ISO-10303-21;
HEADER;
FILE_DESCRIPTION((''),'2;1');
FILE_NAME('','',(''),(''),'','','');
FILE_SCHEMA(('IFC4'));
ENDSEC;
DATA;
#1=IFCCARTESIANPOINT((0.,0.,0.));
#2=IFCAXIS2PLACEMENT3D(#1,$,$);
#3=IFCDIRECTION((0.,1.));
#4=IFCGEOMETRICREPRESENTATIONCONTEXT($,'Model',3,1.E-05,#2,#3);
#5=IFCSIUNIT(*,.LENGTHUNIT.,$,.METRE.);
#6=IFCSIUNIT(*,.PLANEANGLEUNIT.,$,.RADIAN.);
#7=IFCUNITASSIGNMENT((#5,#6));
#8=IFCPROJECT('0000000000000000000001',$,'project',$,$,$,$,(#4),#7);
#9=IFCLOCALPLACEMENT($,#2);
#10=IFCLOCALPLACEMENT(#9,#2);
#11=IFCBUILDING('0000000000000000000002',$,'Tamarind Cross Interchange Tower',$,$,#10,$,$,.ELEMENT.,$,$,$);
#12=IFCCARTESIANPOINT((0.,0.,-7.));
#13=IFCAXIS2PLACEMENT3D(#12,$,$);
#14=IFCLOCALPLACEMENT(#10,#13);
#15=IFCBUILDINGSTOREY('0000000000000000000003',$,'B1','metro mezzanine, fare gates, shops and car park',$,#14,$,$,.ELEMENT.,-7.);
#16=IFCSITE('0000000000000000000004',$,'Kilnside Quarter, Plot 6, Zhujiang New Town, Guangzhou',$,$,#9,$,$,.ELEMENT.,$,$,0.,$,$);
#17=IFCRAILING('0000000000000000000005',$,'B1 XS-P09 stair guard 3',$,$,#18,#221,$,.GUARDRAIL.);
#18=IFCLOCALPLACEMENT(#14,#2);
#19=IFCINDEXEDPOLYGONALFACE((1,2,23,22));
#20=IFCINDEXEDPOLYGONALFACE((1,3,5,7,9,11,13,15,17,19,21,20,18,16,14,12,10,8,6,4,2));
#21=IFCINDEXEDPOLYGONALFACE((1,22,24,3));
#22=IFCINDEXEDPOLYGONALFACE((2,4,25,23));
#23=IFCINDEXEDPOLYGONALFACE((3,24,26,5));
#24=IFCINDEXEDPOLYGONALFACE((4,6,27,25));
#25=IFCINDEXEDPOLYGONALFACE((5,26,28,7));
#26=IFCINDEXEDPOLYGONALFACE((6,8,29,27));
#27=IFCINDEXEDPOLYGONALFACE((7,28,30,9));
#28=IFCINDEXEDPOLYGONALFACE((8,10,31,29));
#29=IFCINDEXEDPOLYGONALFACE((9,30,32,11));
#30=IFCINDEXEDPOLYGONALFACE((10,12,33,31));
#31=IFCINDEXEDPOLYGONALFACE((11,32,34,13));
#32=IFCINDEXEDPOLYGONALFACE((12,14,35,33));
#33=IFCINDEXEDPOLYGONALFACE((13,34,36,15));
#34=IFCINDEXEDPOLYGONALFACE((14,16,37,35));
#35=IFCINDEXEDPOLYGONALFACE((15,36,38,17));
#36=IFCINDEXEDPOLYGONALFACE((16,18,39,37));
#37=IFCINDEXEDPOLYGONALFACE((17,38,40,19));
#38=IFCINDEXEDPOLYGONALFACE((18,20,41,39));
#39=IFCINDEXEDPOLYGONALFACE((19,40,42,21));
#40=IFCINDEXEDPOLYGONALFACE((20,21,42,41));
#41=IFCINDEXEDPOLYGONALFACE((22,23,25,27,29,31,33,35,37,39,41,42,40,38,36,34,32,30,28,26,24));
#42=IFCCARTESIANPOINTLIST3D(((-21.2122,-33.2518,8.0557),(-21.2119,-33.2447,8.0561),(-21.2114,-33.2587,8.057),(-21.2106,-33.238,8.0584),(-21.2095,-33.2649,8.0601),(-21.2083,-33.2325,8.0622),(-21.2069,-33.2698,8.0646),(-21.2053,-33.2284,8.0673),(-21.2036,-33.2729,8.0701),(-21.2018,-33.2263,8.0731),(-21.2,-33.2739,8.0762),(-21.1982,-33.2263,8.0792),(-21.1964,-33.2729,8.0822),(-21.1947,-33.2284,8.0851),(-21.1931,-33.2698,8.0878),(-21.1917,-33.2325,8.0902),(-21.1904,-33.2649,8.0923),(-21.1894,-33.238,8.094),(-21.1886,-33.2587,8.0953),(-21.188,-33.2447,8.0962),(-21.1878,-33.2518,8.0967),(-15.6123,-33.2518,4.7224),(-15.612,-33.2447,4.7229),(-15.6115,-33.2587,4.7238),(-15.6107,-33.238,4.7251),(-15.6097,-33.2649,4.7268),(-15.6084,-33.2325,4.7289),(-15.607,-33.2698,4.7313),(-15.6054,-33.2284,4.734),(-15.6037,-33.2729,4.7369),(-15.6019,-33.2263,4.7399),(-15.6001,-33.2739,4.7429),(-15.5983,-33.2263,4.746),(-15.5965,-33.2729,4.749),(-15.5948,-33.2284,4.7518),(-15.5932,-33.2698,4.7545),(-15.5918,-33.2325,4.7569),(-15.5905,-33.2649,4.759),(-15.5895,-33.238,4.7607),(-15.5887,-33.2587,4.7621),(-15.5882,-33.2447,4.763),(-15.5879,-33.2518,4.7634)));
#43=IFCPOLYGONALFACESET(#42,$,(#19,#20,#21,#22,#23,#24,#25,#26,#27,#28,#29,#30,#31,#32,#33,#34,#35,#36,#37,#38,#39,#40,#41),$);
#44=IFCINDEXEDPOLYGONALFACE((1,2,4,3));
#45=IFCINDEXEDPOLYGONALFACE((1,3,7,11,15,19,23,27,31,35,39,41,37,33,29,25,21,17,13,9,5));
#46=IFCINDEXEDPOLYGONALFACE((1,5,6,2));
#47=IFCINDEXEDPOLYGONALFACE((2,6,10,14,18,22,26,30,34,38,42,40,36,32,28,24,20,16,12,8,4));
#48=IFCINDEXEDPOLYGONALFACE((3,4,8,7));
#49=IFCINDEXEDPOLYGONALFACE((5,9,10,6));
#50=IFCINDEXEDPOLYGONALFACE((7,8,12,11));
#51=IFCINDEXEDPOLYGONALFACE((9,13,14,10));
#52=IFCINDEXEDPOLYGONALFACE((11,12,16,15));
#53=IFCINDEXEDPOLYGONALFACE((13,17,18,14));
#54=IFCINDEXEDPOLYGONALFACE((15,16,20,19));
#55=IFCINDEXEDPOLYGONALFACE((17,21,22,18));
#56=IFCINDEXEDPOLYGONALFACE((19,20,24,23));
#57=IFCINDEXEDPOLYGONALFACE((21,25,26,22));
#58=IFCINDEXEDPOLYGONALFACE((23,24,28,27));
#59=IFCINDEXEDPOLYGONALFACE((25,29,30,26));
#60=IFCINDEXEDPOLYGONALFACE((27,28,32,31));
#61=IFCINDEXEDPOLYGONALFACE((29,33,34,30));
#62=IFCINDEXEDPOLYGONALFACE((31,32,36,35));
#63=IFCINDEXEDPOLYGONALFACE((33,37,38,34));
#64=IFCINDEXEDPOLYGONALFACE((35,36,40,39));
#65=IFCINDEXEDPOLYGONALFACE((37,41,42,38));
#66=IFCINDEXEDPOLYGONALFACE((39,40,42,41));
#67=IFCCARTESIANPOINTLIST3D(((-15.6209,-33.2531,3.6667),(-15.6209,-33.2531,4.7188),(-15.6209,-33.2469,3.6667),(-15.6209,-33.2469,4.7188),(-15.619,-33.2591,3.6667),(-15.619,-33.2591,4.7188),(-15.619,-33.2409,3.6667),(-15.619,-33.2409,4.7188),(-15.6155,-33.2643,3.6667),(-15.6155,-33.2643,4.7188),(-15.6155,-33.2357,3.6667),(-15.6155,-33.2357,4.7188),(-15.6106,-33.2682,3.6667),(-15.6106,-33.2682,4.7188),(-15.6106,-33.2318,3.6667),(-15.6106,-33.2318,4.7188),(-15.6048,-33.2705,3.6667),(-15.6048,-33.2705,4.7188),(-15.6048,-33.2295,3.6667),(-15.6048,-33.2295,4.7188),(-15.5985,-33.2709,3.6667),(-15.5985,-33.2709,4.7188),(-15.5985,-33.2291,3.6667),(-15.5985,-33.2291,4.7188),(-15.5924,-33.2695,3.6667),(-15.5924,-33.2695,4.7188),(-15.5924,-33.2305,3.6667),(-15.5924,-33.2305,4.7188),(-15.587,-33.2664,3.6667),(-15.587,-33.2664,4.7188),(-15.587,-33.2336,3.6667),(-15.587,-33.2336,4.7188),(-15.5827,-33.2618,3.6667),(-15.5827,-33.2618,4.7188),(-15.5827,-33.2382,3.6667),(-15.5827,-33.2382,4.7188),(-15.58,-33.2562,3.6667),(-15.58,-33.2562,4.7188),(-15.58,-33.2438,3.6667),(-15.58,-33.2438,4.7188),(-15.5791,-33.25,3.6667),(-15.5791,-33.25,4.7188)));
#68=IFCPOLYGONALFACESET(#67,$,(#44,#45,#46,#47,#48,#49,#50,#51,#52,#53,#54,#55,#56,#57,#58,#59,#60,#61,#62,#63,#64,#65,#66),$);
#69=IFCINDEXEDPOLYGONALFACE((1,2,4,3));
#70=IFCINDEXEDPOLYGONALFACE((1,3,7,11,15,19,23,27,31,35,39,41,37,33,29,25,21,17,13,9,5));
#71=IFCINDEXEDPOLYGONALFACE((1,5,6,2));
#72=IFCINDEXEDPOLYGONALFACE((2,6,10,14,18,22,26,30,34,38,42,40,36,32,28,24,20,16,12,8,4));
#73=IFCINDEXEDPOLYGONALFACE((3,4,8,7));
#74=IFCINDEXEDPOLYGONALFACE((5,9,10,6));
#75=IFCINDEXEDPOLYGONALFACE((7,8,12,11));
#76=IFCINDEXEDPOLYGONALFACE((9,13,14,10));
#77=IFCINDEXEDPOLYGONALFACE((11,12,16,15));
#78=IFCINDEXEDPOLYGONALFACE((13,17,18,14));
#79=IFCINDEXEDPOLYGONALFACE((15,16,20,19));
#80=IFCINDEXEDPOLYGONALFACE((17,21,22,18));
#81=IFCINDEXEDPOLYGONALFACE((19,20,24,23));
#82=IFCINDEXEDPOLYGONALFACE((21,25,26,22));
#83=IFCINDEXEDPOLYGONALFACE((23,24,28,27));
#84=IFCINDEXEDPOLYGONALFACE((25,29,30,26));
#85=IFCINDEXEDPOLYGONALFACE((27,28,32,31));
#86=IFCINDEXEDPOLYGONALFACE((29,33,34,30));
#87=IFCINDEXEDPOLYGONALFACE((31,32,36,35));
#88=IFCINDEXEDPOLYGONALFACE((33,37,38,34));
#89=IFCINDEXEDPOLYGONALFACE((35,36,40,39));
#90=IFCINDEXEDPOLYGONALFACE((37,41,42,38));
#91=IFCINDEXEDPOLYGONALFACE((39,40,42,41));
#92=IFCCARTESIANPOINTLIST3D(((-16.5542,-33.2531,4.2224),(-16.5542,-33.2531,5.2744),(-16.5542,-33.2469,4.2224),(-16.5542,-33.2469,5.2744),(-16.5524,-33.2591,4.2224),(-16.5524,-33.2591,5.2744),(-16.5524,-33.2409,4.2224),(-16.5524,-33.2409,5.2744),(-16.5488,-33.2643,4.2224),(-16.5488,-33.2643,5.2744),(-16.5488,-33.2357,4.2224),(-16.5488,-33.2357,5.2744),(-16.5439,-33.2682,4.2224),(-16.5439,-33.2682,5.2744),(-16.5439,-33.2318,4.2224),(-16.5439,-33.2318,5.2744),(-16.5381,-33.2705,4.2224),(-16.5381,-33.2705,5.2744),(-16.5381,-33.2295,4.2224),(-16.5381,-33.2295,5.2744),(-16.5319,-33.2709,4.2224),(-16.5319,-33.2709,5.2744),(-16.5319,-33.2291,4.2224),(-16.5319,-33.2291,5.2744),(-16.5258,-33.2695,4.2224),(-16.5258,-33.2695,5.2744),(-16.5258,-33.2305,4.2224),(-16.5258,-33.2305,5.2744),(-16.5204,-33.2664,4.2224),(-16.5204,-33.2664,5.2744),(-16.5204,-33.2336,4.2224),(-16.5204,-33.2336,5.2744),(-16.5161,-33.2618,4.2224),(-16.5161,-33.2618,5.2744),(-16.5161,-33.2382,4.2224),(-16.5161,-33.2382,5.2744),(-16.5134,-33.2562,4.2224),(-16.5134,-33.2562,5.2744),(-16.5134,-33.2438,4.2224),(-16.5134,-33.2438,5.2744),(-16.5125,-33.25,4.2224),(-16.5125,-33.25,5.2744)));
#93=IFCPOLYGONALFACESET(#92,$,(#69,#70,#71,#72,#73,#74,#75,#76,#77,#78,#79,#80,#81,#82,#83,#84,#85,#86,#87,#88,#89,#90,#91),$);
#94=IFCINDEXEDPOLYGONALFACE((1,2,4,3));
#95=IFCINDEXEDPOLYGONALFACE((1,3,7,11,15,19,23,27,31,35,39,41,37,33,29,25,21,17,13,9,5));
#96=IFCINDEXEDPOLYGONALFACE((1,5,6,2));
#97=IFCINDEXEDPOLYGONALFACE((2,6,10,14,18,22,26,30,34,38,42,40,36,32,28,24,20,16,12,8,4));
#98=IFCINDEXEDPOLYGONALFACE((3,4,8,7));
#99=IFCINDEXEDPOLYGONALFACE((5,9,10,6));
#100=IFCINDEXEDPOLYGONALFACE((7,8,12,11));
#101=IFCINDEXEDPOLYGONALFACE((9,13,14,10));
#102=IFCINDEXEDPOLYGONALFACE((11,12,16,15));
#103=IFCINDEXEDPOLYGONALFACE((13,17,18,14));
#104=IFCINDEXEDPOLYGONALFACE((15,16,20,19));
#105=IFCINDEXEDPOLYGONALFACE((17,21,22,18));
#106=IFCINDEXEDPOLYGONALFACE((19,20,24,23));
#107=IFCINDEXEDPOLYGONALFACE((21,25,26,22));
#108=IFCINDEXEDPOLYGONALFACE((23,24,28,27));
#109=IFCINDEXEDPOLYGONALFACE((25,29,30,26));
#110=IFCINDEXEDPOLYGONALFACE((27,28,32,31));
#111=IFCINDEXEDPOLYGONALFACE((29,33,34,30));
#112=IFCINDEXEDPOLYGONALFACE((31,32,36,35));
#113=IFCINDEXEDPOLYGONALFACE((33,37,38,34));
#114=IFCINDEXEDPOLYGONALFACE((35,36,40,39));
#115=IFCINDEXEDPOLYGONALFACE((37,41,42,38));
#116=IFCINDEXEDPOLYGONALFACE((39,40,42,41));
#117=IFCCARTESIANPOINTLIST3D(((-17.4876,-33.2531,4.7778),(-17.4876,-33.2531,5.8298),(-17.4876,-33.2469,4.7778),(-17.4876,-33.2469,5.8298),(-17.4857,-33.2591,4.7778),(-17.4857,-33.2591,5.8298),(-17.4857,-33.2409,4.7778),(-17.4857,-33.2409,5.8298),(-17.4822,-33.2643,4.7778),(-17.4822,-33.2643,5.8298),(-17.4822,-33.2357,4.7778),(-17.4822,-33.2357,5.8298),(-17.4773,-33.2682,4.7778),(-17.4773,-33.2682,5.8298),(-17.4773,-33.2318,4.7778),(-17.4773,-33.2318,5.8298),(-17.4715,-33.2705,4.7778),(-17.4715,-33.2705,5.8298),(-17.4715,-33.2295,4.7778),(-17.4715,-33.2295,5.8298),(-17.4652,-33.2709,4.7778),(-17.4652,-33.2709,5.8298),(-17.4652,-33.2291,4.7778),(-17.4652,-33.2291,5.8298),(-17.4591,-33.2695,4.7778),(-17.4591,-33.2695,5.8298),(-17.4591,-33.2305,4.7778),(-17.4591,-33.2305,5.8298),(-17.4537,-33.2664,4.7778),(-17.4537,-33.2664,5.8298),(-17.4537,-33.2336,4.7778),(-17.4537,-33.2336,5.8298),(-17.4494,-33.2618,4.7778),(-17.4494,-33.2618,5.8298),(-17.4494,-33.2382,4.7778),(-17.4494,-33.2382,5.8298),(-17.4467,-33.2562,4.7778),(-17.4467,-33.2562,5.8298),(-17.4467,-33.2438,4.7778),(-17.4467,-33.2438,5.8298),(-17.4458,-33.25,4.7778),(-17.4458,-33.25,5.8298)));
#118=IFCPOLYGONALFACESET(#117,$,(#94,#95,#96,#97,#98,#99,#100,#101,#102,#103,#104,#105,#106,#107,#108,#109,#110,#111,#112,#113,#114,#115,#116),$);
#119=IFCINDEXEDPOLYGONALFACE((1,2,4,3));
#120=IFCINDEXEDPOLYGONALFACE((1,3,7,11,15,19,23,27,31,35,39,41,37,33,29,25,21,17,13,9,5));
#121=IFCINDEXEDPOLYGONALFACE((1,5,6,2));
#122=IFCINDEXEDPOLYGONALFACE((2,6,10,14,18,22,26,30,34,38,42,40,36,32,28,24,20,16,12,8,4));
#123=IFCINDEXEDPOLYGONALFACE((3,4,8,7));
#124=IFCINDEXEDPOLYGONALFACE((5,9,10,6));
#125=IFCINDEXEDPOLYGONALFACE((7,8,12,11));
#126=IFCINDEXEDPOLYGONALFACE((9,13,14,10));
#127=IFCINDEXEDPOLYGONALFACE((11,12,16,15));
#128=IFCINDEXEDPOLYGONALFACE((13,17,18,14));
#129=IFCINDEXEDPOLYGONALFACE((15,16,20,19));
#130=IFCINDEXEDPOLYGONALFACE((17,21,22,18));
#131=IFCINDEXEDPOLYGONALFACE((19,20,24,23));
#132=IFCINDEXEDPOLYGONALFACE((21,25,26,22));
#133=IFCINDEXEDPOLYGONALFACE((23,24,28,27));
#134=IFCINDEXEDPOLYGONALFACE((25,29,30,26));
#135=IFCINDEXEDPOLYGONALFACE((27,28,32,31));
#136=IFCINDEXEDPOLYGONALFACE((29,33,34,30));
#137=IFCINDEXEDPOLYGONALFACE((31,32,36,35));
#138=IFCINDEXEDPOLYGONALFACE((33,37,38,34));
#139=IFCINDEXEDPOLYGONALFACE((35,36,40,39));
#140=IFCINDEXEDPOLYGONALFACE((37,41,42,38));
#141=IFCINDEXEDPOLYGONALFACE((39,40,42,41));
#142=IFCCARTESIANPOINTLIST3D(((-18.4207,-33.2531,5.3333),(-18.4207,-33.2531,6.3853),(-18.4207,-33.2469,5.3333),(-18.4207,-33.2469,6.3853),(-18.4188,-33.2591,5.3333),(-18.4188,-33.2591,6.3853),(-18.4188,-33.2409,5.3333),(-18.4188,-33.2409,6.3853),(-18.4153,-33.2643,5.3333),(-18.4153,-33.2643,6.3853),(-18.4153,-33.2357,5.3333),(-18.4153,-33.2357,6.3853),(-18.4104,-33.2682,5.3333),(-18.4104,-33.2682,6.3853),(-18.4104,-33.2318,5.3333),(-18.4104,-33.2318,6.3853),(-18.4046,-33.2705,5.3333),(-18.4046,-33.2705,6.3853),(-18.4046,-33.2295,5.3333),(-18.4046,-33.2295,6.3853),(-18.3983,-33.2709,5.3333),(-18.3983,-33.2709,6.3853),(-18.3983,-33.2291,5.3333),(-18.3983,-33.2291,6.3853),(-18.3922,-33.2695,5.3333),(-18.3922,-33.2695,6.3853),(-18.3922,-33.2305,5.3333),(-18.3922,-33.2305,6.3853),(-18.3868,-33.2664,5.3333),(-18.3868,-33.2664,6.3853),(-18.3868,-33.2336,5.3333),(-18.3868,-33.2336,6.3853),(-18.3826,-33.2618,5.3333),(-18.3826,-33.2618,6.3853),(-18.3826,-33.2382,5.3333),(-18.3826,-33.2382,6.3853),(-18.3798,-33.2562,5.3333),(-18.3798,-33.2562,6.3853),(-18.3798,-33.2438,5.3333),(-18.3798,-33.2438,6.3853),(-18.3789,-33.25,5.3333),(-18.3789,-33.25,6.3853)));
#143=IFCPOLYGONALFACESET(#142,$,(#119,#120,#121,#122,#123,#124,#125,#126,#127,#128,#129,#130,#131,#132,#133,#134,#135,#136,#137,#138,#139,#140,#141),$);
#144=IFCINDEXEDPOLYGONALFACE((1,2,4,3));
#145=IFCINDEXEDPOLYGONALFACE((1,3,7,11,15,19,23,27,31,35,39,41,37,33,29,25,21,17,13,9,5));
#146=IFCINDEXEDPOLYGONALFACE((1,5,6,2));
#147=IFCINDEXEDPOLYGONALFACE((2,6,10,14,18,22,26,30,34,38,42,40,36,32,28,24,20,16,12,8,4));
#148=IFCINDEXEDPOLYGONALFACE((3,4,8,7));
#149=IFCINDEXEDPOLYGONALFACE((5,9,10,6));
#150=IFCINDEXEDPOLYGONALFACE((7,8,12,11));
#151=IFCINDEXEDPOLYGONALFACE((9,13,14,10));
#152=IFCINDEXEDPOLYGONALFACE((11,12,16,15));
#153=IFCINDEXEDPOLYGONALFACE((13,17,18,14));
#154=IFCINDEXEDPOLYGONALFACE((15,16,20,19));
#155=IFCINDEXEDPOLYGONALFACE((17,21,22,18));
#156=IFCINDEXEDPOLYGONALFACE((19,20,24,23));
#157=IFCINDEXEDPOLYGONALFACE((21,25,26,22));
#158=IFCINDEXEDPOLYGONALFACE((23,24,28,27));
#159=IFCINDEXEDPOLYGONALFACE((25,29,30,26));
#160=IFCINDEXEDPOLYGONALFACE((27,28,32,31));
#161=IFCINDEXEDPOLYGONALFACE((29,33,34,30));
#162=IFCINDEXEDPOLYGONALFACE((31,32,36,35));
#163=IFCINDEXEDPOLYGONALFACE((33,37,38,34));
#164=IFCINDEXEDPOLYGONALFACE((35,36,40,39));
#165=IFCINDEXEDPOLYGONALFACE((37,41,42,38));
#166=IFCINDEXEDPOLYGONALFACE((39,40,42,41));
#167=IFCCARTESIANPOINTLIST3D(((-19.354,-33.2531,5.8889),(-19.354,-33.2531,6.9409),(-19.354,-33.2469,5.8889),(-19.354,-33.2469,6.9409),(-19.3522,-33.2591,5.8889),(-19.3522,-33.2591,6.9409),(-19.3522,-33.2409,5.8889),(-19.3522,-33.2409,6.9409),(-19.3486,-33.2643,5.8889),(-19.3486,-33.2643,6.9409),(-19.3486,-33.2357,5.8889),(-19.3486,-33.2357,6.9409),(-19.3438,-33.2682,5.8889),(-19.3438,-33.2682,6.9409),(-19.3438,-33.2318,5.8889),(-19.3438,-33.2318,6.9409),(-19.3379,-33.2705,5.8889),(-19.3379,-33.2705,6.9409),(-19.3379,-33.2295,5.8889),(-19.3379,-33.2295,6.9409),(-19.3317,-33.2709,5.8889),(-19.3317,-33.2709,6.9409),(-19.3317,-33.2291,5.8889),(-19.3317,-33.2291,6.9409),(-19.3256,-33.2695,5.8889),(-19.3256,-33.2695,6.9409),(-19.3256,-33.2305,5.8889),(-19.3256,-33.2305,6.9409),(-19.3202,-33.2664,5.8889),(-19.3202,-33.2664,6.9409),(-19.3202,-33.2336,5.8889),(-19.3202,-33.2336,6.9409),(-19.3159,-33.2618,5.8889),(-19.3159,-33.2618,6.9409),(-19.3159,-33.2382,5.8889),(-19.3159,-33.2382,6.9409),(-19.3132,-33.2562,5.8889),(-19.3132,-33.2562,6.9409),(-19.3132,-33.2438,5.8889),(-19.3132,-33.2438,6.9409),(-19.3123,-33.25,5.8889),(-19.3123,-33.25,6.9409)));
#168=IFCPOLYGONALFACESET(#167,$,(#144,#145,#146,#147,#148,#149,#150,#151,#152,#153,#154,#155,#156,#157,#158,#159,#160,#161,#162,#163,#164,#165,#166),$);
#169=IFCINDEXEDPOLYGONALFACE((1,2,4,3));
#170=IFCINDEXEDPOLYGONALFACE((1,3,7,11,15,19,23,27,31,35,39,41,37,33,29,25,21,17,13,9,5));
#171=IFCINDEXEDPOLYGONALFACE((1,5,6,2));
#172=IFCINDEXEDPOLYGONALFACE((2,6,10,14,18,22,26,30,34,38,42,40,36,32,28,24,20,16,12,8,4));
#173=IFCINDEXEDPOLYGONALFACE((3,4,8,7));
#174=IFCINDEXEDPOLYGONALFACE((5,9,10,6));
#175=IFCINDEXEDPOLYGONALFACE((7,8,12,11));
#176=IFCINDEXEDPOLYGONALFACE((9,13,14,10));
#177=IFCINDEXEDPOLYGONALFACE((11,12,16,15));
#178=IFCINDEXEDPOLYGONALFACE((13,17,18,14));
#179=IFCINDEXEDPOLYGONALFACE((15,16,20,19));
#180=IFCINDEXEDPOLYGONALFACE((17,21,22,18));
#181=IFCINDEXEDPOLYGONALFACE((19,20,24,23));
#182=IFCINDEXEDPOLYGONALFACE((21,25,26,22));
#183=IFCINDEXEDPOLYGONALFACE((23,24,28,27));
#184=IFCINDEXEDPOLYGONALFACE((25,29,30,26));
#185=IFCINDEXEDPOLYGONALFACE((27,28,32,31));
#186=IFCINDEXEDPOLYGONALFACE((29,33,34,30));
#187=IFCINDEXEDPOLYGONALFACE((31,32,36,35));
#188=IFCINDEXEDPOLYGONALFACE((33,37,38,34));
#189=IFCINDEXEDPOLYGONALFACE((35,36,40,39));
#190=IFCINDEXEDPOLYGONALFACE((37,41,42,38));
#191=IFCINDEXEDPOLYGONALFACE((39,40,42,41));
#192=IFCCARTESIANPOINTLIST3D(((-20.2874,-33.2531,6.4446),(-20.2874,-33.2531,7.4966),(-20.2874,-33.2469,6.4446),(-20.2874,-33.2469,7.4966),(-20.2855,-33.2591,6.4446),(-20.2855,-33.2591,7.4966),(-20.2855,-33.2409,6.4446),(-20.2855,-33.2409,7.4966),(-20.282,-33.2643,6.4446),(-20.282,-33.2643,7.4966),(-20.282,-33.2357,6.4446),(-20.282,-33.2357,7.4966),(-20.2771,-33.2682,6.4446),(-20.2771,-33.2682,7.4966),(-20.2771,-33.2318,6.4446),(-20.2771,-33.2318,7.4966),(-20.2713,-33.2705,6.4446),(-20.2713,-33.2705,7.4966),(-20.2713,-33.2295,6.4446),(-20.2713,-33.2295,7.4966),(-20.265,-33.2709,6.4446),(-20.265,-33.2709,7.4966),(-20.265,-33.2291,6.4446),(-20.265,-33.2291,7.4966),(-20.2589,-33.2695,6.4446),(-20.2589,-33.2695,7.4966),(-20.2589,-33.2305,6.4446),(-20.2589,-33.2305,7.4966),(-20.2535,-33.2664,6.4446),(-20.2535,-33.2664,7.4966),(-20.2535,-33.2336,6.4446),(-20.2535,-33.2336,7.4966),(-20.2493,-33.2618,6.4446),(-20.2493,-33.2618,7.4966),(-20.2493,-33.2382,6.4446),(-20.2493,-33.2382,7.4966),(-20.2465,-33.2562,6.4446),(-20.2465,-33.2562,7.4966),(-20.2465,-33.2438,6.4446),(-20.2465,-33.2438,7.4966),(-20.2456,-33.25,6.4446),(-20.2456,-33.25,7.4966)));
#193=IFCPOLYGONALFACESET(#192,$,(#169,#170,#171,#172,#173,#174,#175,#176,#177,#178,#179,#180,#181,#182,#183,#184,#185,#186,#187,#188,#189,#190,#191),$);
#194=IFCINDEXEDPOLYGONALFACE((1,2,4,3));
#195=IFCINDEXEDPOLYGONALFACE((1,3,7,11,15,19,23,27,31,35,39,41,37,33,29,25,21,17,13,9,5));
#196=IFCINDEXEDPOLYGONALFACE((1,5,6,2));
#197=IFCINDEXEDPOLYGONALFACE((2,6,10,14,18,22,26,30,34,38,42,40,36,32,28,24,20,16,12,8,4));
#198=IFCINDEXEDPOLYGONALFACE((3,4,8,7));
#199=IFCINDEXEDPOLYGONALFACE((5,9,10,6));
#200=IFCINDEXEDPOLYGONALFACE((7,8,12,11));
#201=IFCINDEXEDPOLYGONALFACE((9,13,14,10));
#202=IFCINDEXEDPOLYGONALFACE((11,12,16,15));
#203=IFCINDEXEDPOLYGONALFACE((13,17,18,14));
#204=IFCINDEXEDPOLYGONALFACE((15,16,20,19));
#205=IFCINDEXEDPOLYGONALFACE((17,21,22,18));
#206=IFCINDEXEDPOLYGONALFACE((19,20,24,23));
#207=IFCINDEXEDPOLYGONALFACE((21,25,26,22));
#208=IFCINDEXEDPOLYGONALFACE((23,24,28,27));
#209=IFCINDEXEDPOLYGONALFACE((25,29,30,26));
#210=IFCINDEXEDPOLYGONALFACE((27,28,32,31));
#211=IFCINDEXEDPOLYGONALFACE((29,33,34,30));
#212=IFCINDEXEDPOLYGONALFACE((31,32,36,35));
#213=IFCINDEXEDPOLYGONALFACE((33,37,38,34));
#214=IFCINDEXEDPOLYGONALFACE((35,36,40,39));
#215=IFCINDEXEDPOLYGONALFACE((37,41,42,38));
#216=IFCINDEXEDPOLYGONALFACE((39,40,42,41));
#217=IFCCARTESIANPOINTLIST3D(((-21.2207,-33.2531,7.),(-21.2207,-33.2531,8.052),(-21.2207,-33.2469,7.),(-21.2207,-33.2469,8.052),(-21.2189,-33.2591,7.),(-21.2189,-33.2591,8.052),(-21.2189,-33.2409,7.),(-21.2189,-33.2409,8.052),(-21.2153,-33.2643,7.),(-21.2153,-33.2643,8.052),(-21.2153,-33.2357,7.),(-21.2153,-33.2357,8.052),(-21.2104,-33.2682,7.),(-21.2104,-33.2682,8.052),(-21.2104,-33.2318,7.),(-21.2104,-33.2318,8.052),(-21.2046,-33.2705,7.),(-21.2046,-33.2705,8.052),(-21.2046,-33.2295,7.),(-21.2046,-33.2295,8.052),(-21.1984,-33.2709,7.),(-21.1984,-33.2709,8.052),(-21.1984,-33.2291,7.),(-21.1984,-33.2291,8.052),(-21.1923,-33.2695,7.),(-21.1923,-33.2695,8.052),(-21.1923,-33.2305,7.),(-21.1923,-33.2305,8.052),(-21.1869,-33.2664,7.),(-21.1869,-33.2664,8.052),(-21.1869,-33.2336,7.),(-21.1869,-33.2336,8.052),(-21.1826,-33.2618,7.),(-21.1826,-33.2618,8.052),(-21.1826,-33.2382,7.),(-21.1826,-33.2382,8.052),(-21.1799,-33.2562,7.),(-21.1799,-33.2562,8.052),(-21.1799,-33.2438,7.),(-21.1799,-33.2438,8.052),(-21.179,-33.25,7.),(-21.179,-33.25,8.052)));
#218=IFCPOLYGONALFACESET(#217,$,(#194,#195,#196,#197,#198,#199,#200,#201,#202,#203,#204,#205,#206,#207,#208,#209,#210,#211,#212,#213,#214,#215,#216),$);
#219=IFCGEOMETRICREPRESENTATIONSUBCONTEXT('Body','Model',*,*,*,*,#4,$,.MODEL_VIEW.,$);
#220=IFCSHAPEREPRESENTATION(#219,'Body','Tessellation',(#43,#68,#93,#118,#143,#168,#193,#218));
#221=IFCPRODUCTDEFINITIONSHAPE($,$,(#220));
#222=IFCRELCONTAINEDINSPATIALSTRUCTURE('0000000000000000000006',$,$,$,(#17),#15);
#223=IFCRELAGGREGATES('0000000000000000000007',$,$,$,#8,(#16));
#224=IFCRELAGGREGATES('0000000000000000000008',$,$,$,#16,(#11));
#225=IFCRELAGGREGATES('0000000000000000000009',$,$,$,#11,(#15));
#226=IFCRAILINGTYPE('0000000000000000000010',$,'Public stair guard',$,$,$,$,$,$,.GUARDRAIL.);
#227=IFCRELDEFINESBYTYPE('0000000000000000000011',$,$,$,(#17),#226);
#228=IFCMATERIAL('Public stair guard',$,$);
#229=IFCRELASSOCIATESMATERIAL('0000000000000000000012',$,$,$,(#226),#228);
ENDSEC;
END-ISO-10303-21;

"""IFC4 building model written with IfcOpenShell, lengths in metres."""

from ifc_helpers import new_model, si_unit, direction, frame, origin, origin_2d, place, context, subcontext, project, spatial, circle, extrude, material, type_object, element, save


model = new_model("IFC4")

# Units and contexts
model_context = context("Model", 3, precision=1e-05, world=origin(), true_north=direction((0.0, 1.0)))
body_context = subcontext(model_context, "Body", "Model", "MODEL_VIEW")
ifc_project = project(units=[si_unit("LENGTHUNIT", "METRE"), si_unit("PLANEANGLEUNIT", "RADIAN")], contexts=[model_context])

# Site, building, storey
site_placement = place(None, origin())
site = spatial("IfcSite", under=ifc_project, at=site_placement, Name="Kilnside Quarter, Plot 6, Zhujiang New Town, Guangzhou", CompositionType="ELEMENT", RefElevation=0.0)
building_placement = place(site_placement, origin())
building = spatial("IfcBuilding", under=site, at=building_placement, Name="Tamarind Cross Interchange Tower", CompositionType="ELEMENT")
storey_placement = place(building_placement, frame((0.0, 0.0, -7.0)))
storey = spatial("IfcBuildingStorey", under=building, at=storey_placement, Name="B1", Description="metro mezzanine, fare gates, shops and car park", CompositionType="ELEMENT", Elevation=-7.0)

# Railing
ifc_material_1 = material(Name="Public stair guard")
railing_type_1 = type_object("IfcRailingType", Name="Public stair guard", PredefinedType="GUARDRAIL", material=ifc_material_1)
railing_1_placement = place(storey_placement, frame((-15.6001, -33.25, 3.6667)))
element("IfcRailing", 1, at=railing_1_placement, inside=storey, type_object=railing_type_1, Name="B1 XS-P09 stair guard 3", PredefinedType="GUARDRAIL", context=body_context, shape_type="SweptSolid", body=[
    extrude(circle(Radius=0.0239, at=origin_2d()), frame((0.0, 0.0, 1.0762), z_axis=(-0.859292, 0.0, 0.511485), x_axis=(0.0, -1.0, 0.0)), (0.0, 0.0, 1.0), 6.5168),
    extrude(circle(Radius=0.021, at=origin_2d()), origin(), (0.0, 0.0, 1.0), 1.052),
    extrude(circle(Radius=0.021, at=origin_2d()), frame((-0.9333, 0.0, 0.5557)), (0.0, 0.0, 1.0), 1.052),
    extrude(circle(Radius=0.021, at=origin_2d()), frame((-1.8667, 0.0, 1.1111)), (0.0, 0.0, 1.0), 1.052),
    extrude(circle(Radius=0.021, at=origin_2d()), frame((-2.7998, 0.0, 1.6665)), (0.0, 0.0, 1.0), 1.052),
    extrude(circle(Radius=0.021, at=origin_2d()), frame((-3.7332, 0.0, 2.2222)), (0.0, 0.0, 1.0), 1.052),
    extrude(circle(Radius=0.021, at=origin_2d()), frame((-4.6665, 0.0, 2.7778)), (0.0, 0.0, 1.0), 1.052),
    extrude(circle(Radius=0.021, at=origin_2d()), frame((-5.5999, 0.0, 3.3333)), (0.0, 0.0, 1.0), 1.052),
])

save(model, "model.ifc")
